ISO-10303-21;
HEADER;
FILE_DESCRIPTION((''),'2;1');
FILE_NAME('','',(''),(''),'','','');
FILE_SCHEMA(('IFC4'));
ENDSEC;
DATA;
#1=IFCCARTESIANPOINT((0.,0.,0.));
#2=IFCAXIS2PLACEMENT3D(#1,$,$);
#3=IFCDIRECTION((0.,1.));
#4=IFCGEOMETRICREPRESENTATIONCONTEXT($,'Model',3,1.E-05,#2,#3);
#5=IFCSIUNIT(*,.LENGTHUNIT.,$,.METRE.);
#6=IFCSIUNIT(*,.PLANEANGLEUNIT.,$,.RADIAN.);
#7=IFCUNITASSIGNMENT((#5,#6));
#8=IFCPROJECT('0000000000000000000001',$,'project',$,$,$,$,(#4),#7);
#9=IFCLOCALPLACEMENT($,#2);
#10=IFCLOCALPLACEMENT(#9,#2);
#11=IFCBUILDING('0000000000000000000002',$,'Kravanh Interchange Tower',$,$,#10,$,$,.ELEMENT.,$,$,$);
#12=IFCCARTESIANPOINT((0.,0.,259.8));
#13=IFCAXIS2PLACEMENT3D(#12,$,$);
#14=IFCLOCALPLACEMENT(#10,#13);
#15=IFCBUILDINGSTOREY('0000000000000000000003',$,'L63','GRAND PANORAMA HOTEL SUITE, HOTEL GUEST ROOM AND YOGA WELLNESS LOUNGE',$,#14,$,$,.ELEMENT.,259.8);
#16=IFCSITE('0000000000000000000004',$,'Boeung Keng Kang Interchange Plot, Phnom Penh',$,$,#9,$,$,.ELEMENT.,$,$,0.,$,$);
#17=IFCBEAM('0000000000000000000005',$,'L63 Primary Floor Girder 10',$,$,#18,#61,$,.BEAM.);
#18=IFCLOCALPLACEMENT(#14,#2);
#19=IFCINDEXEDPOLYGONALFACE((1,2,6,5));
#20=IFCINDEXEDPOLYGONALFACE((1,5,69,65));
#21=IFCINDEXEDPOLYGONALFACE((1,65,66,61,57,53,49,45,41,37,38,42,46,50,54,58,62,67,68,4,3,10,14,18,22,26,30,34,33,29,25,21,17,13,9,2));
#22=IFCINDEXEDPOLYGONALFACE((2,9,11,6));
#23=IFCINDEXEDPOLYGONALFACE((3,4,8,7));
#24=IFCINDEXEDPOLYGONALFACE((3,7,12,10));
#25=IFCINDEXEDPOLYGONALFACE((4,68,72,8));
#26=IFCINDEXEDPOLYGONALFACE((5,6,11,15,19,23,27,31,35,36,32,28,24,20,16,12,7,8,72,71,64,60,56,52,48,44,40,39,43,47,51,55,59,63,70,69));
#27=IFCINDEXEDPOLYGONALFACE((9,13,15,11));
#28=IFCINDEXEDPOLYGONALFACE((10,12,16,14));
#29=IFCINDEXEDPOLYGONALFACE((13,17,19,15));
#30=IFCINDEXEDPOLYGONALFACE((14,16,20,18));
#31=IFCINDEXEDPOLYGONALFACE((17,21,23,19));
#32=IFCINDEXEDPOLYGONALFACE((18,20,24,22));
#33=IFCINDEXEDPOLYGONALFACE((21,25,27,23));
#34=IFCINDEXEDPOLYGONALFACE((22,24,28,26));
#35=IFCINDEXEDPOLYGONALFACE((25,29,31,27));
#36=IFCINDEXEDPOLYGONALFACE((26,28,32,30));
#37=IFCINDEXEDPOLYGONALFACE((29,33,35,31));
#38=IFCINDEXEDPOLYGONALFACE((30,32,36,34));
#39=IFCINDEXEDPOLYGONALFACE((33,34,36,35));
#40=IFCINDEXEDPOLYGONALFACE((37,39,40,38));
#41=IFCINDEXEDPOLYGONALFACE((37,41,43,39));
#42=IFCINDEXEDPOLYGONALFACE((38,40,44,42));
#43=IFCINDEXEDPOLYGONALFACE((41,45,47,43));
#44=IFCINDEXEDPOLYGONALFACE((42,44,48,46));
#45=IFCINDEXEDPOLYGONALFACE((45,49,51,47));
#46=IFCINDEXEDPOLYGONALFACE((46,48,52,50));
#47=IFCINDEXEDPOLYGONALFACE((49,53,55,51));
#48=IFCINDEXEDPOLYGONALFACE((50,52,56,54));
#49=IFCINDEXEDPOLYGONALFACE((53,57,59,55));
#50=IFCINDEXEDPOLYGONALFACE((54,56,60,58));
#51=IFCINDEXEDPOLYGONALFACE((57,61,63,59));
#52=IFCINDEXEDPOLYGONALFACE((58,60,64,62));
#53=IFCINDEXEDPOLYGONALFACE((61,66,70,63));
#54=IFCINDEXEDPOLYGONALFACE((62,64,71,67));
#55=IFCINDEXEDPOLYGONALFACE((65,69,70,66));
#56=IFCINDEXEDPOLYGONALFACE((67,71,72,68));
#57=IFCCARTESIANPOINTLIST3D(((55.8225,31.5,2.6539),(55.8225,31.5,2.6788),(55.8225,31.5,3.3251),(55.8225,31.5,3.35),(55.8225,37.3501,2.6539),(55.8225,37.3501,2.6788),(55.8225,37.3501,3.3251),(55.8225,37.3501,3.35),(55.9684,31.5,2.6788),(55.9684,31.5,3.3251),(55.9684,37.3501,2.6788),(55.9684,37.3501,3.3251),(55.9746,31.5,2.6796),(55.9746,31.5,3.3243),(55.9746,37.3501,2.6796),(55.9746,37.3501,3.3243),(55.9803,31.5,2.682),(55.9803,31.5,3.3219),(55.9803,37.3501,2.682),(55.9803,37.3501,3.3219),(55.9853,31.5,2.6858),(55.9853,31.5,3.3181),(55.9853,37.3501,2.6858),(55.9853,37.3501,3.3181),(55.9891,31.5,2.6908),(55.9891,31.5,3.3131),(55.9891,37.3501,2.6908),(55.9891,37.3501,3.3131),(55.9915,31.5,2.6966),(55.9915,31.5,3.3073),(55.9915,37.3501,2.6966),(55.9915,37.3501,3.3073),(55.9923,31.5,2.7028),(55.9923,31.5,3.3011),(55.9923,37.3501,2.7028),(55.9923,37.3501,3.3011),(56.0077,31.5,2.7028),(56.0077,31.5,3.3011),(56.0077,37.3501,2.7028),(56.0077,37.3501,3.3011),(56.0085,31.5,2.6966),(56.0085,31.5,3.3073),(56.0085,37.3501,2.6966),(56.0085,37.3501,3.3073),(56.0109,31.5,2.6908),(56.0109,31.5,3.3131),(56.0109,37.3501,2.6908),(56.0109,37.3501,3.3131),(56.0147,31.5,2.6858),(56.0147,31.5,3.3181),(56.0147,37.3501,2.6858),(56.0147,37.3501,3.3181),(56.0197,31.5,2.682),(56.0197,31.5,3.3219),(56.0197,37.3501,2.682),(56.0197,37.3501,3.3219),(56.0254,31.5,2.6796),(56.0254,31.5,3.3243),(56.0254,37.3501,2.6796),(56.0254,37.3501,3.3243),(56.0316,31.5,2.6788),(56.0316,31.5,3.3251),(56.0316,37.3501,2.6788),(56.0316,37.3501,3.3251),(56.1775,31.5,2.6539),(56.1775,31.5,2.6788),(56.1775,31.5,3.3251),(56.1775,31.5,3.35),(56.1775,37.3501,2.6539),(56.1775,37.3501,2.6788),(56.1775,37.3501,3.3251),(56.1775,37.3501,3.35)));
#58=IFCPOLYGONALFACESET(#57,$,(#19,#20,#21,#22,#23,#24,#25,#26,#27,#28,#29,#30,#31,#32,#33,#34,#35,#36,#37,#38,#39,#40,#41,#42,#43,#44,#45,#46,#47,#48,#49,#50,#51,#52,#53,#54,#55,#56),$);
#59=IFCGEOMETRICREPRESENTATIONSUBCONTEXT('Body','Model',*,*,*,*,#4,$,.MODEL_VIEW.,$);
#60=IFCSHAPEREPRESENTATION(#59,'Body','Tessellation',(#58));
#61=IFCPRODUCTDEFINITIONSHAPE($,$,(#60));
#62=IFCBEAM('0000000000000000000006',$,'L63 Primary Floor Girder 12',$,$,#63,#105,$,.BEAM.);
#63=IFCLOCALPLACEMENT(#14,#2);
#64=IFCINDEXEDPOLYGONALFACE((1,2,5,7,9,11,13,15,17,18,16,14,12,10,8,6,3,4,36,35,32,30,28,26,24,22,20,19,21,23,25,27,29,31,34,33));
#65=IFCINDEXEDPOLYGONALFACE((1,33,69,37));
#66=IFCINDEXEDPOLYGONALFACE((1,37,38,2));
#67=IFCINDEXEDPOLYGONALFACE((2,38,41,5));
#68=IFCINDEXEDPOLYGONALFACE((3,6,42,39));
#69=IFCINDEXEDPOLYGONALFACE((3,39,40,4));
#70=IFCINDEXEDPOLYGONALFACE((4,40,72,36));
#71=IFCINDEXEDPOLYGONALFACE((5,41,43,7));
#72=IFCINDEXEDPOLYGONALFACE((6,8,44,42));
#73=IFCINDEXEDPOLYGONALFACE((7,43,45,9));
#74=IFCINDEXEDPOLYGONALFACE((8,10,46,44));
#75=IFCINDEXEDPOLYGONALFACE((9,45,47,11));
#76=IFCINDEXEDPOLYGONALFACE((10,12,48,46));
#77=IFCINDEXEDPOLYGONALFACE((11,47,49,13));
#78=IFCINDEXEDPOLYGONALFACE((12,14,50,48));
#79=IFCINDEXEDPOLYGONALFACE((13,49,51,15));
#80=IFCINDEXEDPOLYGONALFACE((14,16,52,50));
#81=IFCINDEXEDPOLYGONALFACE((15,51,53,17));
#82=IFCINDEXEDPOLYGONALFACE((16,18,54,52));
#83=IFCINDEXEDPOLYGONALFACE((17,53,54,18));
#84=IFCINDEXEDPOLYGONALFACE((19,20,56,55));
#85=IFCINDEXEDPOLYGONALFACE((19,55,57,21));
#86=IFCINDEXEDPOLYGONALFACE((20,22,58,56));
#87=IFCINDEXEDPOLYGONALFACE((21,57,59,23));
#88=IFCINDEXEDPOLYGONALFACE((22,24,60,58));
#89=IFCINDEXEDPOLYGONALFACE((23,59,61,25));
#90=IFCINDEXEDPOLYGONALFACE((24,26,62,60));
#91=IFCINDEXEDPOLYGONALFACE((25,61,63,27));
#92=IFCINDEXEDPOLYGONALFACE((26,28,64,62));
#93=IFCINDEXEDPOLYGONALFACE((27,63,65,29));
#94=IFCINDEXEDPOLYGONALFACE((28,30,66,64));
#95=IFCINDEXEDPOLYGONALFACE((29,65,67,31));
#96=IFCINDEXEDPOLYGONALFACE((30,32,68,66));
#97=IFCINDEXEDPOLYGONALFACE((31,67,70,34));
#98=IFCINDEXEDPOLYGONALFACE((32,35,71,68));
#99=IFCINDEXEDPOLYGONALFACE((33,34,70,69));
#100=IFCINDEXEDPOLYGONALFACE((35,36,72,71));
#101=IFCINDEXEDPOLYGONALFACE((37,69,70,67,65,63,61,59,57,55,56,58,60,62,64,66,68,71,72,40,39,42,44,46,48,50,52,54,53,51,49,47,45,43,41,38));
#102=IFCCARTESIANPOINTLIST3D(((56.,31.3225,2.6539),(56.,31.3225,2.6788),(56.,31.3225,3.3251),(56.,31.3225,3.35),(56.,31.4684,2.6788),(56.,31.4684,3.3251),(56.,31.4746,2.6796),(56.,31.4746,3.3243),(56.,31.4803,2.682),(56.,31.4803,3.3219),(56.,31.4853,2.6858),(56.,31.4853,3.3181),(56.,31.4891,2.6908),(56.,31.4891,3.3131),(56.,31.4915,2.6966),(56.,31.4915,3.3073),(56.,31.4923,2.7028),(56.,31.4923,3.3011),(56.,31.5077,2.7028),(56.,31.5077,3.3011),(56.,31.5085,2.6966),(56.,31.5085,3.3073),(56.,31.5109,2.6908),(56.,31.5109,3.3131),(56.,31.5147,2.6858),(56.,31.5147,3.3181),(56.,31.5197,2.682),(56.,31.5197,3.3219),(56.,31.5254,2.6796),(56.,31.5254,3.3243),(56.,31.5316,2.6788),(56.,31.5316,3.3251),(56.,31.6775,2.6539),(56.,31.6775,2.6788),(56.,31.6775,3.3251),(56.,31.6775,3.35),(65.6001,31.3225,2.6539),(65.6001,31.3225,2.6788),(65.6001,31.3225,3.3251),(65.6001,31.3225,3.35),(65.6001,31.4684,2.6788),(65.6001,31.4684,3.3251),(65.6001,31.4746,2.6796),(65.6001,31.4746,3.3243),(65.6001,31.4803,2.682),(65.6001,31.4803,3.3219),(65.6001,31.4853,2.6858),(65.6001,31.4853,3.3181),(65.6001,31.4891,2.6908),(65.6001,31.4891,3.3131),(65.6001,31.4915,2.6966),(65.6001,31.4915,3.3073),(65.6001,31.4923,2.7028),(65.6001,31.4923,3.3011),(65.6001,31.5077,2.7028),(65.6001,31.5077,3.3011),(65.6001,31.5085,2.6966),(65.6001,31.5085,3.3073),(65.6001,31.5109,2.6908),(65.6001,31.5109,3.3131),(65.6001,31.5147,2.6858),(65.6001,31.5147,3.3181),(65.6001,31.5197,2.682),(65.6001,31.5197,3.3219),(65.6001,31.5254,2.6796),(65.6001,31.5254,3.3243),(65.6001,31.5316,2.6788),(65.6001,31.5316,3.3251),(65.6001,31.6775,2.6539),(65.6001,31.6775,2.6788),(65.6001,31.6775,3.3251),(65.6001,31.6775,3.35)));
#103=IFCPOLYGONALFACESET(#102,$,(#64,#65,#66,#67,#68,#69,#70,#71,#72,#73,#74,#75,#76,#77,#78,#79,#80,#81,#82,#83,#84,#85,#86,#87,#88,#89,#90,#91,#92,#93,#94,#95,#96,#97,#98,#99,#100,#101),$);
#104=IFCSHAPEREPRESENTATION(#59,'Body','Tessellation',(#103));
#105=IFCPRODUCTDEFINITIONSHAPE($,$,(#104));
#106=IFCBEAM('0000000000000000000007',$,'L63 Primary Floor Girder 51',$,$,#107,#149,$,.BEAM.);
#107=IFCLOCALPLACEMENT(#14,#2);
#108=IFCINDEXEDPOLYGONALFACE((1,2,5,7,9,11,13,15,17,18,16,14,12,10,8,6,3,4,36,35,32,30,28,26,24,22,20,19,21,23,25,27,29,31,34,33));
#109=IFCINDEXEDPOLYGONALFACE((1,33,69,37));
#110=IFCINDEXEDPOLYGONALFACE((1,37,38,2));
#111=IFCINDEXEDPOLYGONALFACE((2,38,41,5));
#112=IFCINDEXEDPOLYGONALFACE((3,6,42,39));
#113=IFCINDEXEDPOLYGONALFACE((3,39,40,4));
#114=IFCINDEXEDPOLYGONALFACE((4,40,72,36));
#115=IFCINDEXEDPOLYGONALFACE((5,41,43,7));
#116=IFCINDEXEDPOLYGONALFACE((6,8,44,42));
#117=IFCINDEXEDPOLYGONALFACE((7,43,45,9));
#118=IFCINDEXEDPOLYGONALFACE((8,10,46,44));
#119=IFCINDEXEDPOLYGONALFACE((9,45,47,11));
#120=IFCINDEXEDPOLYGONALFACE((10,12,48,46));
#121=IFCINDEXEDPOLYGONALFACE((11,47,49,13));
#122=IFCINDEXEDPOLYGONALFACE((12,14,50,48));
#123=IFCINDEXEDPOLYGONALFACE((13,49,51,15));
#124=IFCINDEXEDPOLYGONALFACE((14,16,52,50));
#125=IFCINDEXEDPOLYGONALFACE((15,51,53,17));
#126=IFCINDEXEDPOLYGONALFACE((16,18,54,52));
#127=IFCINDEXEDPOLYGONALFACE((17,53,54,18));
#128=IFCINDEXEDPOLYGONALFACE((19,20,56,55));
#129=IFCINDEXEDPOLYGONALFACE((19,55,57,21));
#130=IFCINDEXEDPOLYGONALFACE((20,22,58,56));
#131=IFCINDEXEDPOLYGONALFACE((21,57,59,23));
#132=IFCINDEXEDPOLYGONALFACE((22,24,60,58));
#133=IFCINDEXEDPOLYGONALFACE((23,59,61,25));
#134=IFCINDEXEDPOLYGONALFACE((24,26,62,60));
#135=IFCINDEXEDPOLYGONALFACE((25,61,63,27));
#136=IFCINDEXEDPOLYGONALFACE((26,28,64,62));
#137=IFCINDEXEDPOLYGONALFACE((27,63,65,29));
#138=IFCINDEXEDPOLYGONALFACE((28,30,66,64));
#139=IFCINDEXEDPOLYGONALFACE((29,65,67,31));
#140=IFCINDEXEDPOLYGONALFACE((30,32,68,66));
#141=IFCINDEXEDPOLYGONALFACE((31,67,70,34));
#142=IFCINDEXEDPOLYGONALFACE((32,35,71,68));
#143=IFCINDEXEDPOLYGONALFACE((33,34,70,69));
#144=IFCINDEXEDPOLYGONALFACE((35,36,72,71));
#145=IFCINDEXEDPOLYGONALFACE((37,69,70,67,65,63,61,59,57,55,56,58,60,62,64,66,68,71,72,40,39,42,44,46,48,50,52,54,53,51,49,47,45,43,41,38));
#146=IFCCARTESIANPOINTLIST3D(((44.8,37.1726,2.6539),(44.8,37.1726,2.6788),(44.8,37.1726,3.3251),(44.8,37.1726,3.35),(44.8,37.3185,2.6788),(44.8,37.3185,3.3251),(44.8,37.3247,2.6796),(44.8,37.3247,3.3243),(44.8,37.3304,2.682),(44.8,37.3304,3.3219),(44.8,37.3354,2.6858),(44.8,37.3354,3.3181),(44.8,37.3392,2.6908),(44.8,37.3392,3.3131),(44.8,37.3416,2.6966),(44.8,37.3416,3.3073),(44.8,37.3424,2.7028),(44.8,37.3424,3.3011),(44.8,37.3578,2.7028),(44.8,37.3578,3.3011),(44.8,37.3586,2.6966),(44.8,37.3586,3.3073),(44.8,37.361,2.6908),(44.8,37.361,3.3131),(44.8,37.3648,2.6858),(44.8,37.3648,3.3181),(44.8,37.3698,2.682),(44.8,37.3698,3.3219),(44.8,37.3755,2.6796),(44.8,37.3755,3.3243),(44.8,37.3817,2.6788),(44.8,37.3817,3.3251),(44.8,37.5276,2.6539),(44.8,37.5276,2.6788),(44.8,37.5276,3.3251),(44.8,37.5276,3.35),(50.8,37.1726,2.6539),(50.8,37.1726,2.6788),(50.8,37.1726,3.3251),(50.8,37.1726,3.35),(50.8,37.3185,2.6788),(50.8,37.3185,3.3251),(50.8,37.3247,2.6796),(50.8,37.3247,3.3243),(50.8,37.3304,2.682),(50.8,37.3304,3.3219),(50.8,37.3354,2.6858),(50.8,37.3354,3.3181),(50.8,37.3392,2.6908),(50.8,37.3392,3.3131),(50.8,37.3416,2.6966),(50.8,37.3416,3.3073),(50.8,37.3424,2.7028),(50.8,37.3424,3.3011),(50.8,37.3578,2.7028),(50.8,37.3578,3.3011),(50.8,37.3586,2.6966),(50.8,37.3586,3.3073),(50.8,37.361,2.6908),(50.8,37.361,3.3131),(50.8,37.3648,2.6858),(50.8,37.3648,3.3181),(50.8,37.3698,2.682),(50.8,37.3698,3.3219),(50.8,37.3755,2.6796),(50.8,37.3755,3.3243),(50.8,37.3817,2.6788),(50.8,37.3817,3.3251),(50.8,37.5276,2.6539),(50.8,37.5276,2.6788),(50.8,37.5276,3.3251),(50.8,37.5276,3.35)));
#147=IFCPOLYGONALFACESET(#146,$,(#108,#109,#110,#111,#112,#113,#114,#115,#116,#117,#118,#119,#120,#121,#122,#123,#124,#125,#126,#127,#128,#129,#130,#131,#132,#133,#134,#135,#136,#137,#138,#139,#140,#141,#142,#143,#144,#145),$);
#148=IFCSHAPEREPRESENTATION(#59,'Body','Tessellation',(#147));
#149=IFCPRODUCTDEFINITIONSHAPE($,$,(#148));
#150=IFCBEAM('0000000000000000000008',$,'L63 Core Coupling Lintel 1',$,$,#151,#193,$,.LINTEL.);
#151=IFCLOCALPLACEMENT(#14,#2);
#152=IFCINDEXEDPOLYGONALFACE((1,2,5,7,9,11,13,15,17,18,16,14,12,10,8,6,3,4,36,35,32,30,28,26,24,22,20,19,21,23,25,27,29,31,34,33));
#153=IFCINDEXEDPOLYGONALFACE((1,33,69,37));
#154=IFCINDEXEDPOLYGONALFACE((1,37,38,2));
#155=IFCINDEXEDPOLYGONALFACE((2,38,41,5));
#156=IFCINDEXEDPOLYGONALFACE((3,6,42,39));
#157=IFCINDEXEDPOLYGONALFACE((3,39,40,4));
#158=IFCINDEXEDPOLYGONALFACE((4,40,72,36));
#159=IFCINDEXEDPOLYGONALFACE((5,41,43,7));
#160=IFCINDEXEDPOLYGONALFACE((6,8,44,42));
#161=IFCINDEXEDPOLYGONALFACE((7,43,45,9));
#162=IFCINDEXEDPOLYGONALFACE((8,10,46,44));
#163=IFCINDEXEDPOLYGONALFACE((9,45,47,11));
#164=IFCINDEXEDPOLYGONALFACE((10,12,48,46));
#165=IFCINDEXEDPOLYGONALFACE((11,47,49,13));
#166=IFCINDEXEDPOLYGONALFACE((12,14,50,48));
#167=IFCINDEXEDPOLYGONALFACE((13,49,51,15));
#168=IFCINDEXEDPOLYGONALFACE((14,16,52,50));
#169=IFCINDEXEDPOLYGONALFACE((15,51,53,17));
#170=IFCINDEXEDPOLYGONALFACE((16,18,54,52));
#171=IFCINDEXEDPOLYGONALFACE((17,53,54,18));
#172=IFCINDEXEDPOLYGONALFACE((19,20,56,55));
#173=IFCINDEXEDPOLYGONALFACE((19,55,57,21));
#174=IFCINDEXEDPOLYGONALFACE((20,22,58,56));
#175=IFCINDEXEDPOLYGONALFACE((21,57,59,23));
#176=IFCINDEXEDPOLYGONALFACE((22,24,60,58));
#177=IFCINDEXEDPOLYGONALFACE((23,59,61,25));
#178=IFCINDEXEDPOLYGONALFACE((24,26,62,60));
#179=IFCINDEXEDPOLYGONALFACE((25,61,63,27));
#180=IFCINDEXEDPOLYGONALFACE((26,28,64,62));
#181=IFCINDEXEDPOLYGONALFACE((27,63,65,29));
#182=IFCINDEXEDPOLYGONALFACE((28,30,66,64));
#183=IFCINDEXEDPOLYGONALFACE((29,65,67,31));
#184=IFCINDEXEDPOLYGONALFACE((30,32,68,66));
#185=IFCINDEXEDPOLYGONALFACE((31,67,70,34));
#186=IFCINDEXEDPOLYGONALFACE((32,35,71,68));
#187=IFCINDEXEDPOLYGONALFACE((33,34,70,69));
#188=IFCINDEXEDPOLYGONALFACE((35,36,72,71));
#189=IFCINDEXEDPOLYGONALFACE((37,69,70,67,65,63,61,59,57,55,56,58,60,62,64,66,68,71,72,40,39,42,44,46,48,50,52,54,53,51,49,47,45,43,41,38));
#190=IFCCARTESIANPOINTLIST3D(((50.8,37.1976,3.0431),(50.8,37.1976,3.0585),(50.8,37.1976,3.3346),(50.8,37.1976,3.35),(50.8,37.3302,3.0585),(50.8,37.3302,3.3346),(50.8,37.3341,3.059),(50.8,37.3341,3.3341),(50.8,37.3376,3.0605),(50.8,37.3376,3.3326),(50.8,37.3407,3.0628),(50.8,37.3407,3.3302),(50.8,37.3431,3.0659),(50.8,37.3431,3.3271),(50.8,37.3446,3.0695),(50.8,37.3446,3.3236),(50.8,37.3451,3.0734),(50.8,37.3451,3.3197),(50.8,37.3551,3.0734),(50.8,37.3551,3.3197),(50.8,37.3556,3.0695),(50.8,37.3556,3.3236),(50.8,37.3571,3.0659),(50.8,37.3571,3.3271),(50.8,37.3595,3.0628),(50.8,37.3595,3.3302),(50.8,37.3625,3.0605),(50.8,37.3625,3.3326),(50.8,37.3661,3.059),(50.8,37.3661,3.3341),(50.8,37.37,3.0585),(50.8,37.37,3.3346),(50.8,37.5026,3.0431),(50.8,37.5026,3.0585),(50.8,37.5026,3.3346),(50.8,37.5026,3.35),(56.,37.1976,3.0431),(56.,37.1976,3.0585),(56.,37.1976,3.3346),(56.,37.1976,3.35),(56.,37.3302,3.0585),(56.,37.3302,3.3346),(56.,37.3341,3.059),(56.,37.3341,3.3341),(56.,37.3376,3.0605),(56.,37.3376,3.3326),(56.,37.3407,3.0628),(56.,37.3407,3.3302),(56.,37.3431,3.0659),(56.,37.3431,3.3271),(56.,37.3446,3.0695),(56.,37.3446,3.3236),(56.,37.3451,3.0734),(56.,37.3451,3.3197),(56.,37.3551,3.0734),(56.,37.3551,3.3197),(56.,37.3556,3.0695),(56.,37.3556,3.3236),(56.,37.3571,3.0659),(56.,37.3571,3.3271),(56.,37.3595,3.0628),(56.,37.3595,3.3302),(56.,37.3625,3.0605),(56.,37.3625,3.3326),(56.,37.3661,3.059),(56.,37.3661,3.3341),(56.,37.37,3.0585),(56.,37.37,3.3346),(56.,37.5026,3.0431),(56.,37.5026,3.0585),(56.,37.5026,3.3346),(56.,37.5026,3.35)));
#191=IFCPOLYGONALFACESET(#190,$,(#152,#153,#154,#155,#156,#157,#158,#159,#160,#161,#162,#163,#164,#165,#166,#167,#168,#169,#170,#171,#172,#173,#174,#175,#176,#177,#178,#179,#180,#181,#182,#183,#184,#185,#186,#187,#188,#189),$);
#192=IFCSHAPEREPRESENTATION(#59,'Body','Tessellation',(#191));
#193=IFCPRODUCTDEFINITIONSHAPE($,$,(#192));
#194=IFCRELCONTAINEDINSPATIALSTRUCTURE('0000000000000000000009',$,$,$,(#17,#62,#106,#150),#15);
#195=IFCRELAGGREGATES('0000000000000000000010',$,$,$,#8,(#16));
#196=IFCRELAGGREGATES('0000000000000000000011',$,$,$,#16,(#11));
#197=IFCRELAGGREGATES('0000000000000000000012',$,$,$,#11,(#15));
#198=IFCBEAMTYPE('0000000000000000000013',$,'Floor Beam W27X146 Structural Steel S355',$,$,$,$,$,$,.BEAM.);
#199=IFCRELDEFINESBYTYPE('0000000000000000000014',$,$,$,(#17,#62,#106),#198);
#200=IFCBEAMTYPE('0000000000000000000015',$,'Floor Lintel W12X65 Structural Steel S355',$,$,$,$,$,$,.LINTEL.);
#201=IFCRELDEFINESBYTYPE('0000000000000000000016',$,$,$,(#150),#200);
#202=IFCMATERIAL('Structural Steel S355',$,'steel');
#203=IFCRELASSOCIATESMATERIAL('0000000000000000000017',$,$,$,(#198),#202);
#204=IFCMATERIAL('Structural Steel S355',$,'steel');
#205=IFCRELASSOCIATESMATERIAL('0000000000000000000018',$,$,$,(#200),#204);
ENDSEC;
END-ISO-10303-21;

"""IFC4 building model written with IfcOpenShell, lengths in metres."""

from ifc_helpers import new_model, si_unit, direction, frame, origin, origin_2d, place, context, subcontext, project, spatial, i_section, extrude, material, material_profile, profile_set, type_object, element, save


model = new_model("IFC4")

# Units and contexts
model_context = context("Model", 3, precision=1e-05, world=origin(), true_north=direction((0.0, 1.0)))
body_context = subcontext(model_context, "Body", "Model", "MODEL_VIEW")
ifc_project = project(units=[si_unit("LENGTHUNIT", "METRE"), si_unit("PLANEANGLEUNIT", "RADIAN")], contexts=[model_context])

# Site, building, storey
site_placement = place(None, origin())
site = spatial("IfcSite", under=ifc_project, at=site_placement, Name="Boeung Keng Kang Interchange Plot, Phnom Penh", CompositionType="ELEMENT", RefElevation=0.0)
building_placement = place(site_placement, origin())
building = spatial("IfcBuilding", under=site, at=building_placement, Name="Kravanh Interchange Tower", CompositionType="ELEMENT")
storey_placement = place(building_placement, frame((0.0, 0.0, 259.8)))
storey = spatial("IfcBuildingStorey", under=building, at=storey_placement, Name="L63", Description="GRAND PANORAMA HOTEL SUITE, HOTEL GUEST ROOM AND YOGA WELLNESS LOUNGE", CompositionType="ELEMENT", Elevation=259.8)

# Beams
ifc_material_1 = material(Name="Structural Steel S355", Category="steel")
ifc_material_profile_1 = material_profile(ifc_material_1, i_section(OverallWidth=0.355, OverallDepth=0.696, WebThickness=0.0154, FlangeThickness=0.0249, FilletRadius=0.0239, at=origin_2d()), Name="W27X146")
ifc_profile_set_1 = profile_set([ifc_material_profile_1], Name="Structural Steel S355")
beam_type_1 = type_object("IfcBeamType", Name="Floor Beam W27X146 Structural Steel S355", PredefinedType="BEAM", material=ifc_profile_set_1)
beam_1_placement = place(storey_placement, frame((56.0, 31.5, 3.002), z_axis=(0.0, 1.0, 0.0), x_axis=(-1.0, 0.0, 0.0)))
element("IfcBeam", 1, at=beam_1_placement, inside=storey, type_object=beam_type_1, Name="L63 Primary Floor Girder 10", PredefinedType="BEAM", context=body_context, shape_type="SweptSolid", body=[
    extrude(i_section(OverallWidth=0.355, OverallDepth=0.696, WebThickness=0.0154, FlangeThickness=0.0249, FilletRadius=0.0239, at=origin_2d()), origin(), (0.0, 0.0, 1.0), 5.8501),
])
beam_2_placement = place(storey_placement, frame((56.0, 31.5, 3.002), z_axis=(1.0, 0.0, 0.0), x_axis=(0.0, 1.0, 0.0)))
element("IfcBeam", 2, at=beam_2_placement, inside=storey, type_object=beam_type_1, Name="L63 Primary Floor Girder 12", PredefinedType="BEAM", context=body_context, shape_type="SweptSolid", body=[
    extrude(i_section(OverallWidth=0.355, OverallDepth=0.696, WebThickness=0.0154, FlangeThickness=0.0249, FilletRadius=0.0239, at=origin_2d()), origin(), (0.0, 0.0, 1.0), 9.6001),
])
beam_3_placement = place(storey_placement, frame((50.8, 37.3501, 3.002), z_axis=(-1.0, 0.0, 0.0), x_axis=(0.0, -1.0, 0.0)))
element("IfcBeam", 3, at=beam_3_placement, inside=storey, type_object=beam_type_1, Name="L63 Primary Floor Girder 51", PredefinedType="BEAM", context=body_context, shape_type="SweptSolid", body=[
    extrude(i_section(OverallWidth=0.355, OverallDepth=0.696, WebThickness=0.0154, FlangeThickness=0.0249, FilletRadius=0.0239, at=origin_2d()), origin(), (0.0, 0.0, 1.0), 6.0),
])
ifc_material_2 = material(Name="Structural Steel S355", Category="steel")
ifc_material_profile_2 = material_profile(ifc_material_2, i_section(OverallWidth=0.3049, OverallDepth=0.3069, WebThickness=0.01, FlangeThickness=0.0154, FilletRadius=0.0149, at=origin_2d()), Name="W12X65")
ifc_profile_set_2 = profile_set([ifc_material_profile_2], Name="Structural Steel S355")
beam_type_2 = type_object("IfcBeamType", Name="Floor Lintel W12X65 Structural Steel S355", PredefinedType="LINTEL", material=ifc_profile_set_2)
beam_4_placement = place(storey_placement, frame((50.8, 37.3501, 3.1965), z_axis=(1.0, 0.0, 0.0), x_axis=(0.0, 1.0, 0.0)))
element("IfcBeam", 4, at=beam_4_placement, inside=storey, type_object=beam_type_2, Name="L63 Core Coupling Lintel 1", PredefinedType="LINTEL", context=body_context, shape_type="SweptSolid", body=[
    extrude(i_section(OverallWidth=0.3049, OverallDepth=0.3069, WebThickness=0.01, FlangeThickness=0.0154, FilletRadius=0.0149, at=origin_2d()), origin(), (0.0, 0.0, 1.0), 5.2),
])

save(model, "model.ifc")
